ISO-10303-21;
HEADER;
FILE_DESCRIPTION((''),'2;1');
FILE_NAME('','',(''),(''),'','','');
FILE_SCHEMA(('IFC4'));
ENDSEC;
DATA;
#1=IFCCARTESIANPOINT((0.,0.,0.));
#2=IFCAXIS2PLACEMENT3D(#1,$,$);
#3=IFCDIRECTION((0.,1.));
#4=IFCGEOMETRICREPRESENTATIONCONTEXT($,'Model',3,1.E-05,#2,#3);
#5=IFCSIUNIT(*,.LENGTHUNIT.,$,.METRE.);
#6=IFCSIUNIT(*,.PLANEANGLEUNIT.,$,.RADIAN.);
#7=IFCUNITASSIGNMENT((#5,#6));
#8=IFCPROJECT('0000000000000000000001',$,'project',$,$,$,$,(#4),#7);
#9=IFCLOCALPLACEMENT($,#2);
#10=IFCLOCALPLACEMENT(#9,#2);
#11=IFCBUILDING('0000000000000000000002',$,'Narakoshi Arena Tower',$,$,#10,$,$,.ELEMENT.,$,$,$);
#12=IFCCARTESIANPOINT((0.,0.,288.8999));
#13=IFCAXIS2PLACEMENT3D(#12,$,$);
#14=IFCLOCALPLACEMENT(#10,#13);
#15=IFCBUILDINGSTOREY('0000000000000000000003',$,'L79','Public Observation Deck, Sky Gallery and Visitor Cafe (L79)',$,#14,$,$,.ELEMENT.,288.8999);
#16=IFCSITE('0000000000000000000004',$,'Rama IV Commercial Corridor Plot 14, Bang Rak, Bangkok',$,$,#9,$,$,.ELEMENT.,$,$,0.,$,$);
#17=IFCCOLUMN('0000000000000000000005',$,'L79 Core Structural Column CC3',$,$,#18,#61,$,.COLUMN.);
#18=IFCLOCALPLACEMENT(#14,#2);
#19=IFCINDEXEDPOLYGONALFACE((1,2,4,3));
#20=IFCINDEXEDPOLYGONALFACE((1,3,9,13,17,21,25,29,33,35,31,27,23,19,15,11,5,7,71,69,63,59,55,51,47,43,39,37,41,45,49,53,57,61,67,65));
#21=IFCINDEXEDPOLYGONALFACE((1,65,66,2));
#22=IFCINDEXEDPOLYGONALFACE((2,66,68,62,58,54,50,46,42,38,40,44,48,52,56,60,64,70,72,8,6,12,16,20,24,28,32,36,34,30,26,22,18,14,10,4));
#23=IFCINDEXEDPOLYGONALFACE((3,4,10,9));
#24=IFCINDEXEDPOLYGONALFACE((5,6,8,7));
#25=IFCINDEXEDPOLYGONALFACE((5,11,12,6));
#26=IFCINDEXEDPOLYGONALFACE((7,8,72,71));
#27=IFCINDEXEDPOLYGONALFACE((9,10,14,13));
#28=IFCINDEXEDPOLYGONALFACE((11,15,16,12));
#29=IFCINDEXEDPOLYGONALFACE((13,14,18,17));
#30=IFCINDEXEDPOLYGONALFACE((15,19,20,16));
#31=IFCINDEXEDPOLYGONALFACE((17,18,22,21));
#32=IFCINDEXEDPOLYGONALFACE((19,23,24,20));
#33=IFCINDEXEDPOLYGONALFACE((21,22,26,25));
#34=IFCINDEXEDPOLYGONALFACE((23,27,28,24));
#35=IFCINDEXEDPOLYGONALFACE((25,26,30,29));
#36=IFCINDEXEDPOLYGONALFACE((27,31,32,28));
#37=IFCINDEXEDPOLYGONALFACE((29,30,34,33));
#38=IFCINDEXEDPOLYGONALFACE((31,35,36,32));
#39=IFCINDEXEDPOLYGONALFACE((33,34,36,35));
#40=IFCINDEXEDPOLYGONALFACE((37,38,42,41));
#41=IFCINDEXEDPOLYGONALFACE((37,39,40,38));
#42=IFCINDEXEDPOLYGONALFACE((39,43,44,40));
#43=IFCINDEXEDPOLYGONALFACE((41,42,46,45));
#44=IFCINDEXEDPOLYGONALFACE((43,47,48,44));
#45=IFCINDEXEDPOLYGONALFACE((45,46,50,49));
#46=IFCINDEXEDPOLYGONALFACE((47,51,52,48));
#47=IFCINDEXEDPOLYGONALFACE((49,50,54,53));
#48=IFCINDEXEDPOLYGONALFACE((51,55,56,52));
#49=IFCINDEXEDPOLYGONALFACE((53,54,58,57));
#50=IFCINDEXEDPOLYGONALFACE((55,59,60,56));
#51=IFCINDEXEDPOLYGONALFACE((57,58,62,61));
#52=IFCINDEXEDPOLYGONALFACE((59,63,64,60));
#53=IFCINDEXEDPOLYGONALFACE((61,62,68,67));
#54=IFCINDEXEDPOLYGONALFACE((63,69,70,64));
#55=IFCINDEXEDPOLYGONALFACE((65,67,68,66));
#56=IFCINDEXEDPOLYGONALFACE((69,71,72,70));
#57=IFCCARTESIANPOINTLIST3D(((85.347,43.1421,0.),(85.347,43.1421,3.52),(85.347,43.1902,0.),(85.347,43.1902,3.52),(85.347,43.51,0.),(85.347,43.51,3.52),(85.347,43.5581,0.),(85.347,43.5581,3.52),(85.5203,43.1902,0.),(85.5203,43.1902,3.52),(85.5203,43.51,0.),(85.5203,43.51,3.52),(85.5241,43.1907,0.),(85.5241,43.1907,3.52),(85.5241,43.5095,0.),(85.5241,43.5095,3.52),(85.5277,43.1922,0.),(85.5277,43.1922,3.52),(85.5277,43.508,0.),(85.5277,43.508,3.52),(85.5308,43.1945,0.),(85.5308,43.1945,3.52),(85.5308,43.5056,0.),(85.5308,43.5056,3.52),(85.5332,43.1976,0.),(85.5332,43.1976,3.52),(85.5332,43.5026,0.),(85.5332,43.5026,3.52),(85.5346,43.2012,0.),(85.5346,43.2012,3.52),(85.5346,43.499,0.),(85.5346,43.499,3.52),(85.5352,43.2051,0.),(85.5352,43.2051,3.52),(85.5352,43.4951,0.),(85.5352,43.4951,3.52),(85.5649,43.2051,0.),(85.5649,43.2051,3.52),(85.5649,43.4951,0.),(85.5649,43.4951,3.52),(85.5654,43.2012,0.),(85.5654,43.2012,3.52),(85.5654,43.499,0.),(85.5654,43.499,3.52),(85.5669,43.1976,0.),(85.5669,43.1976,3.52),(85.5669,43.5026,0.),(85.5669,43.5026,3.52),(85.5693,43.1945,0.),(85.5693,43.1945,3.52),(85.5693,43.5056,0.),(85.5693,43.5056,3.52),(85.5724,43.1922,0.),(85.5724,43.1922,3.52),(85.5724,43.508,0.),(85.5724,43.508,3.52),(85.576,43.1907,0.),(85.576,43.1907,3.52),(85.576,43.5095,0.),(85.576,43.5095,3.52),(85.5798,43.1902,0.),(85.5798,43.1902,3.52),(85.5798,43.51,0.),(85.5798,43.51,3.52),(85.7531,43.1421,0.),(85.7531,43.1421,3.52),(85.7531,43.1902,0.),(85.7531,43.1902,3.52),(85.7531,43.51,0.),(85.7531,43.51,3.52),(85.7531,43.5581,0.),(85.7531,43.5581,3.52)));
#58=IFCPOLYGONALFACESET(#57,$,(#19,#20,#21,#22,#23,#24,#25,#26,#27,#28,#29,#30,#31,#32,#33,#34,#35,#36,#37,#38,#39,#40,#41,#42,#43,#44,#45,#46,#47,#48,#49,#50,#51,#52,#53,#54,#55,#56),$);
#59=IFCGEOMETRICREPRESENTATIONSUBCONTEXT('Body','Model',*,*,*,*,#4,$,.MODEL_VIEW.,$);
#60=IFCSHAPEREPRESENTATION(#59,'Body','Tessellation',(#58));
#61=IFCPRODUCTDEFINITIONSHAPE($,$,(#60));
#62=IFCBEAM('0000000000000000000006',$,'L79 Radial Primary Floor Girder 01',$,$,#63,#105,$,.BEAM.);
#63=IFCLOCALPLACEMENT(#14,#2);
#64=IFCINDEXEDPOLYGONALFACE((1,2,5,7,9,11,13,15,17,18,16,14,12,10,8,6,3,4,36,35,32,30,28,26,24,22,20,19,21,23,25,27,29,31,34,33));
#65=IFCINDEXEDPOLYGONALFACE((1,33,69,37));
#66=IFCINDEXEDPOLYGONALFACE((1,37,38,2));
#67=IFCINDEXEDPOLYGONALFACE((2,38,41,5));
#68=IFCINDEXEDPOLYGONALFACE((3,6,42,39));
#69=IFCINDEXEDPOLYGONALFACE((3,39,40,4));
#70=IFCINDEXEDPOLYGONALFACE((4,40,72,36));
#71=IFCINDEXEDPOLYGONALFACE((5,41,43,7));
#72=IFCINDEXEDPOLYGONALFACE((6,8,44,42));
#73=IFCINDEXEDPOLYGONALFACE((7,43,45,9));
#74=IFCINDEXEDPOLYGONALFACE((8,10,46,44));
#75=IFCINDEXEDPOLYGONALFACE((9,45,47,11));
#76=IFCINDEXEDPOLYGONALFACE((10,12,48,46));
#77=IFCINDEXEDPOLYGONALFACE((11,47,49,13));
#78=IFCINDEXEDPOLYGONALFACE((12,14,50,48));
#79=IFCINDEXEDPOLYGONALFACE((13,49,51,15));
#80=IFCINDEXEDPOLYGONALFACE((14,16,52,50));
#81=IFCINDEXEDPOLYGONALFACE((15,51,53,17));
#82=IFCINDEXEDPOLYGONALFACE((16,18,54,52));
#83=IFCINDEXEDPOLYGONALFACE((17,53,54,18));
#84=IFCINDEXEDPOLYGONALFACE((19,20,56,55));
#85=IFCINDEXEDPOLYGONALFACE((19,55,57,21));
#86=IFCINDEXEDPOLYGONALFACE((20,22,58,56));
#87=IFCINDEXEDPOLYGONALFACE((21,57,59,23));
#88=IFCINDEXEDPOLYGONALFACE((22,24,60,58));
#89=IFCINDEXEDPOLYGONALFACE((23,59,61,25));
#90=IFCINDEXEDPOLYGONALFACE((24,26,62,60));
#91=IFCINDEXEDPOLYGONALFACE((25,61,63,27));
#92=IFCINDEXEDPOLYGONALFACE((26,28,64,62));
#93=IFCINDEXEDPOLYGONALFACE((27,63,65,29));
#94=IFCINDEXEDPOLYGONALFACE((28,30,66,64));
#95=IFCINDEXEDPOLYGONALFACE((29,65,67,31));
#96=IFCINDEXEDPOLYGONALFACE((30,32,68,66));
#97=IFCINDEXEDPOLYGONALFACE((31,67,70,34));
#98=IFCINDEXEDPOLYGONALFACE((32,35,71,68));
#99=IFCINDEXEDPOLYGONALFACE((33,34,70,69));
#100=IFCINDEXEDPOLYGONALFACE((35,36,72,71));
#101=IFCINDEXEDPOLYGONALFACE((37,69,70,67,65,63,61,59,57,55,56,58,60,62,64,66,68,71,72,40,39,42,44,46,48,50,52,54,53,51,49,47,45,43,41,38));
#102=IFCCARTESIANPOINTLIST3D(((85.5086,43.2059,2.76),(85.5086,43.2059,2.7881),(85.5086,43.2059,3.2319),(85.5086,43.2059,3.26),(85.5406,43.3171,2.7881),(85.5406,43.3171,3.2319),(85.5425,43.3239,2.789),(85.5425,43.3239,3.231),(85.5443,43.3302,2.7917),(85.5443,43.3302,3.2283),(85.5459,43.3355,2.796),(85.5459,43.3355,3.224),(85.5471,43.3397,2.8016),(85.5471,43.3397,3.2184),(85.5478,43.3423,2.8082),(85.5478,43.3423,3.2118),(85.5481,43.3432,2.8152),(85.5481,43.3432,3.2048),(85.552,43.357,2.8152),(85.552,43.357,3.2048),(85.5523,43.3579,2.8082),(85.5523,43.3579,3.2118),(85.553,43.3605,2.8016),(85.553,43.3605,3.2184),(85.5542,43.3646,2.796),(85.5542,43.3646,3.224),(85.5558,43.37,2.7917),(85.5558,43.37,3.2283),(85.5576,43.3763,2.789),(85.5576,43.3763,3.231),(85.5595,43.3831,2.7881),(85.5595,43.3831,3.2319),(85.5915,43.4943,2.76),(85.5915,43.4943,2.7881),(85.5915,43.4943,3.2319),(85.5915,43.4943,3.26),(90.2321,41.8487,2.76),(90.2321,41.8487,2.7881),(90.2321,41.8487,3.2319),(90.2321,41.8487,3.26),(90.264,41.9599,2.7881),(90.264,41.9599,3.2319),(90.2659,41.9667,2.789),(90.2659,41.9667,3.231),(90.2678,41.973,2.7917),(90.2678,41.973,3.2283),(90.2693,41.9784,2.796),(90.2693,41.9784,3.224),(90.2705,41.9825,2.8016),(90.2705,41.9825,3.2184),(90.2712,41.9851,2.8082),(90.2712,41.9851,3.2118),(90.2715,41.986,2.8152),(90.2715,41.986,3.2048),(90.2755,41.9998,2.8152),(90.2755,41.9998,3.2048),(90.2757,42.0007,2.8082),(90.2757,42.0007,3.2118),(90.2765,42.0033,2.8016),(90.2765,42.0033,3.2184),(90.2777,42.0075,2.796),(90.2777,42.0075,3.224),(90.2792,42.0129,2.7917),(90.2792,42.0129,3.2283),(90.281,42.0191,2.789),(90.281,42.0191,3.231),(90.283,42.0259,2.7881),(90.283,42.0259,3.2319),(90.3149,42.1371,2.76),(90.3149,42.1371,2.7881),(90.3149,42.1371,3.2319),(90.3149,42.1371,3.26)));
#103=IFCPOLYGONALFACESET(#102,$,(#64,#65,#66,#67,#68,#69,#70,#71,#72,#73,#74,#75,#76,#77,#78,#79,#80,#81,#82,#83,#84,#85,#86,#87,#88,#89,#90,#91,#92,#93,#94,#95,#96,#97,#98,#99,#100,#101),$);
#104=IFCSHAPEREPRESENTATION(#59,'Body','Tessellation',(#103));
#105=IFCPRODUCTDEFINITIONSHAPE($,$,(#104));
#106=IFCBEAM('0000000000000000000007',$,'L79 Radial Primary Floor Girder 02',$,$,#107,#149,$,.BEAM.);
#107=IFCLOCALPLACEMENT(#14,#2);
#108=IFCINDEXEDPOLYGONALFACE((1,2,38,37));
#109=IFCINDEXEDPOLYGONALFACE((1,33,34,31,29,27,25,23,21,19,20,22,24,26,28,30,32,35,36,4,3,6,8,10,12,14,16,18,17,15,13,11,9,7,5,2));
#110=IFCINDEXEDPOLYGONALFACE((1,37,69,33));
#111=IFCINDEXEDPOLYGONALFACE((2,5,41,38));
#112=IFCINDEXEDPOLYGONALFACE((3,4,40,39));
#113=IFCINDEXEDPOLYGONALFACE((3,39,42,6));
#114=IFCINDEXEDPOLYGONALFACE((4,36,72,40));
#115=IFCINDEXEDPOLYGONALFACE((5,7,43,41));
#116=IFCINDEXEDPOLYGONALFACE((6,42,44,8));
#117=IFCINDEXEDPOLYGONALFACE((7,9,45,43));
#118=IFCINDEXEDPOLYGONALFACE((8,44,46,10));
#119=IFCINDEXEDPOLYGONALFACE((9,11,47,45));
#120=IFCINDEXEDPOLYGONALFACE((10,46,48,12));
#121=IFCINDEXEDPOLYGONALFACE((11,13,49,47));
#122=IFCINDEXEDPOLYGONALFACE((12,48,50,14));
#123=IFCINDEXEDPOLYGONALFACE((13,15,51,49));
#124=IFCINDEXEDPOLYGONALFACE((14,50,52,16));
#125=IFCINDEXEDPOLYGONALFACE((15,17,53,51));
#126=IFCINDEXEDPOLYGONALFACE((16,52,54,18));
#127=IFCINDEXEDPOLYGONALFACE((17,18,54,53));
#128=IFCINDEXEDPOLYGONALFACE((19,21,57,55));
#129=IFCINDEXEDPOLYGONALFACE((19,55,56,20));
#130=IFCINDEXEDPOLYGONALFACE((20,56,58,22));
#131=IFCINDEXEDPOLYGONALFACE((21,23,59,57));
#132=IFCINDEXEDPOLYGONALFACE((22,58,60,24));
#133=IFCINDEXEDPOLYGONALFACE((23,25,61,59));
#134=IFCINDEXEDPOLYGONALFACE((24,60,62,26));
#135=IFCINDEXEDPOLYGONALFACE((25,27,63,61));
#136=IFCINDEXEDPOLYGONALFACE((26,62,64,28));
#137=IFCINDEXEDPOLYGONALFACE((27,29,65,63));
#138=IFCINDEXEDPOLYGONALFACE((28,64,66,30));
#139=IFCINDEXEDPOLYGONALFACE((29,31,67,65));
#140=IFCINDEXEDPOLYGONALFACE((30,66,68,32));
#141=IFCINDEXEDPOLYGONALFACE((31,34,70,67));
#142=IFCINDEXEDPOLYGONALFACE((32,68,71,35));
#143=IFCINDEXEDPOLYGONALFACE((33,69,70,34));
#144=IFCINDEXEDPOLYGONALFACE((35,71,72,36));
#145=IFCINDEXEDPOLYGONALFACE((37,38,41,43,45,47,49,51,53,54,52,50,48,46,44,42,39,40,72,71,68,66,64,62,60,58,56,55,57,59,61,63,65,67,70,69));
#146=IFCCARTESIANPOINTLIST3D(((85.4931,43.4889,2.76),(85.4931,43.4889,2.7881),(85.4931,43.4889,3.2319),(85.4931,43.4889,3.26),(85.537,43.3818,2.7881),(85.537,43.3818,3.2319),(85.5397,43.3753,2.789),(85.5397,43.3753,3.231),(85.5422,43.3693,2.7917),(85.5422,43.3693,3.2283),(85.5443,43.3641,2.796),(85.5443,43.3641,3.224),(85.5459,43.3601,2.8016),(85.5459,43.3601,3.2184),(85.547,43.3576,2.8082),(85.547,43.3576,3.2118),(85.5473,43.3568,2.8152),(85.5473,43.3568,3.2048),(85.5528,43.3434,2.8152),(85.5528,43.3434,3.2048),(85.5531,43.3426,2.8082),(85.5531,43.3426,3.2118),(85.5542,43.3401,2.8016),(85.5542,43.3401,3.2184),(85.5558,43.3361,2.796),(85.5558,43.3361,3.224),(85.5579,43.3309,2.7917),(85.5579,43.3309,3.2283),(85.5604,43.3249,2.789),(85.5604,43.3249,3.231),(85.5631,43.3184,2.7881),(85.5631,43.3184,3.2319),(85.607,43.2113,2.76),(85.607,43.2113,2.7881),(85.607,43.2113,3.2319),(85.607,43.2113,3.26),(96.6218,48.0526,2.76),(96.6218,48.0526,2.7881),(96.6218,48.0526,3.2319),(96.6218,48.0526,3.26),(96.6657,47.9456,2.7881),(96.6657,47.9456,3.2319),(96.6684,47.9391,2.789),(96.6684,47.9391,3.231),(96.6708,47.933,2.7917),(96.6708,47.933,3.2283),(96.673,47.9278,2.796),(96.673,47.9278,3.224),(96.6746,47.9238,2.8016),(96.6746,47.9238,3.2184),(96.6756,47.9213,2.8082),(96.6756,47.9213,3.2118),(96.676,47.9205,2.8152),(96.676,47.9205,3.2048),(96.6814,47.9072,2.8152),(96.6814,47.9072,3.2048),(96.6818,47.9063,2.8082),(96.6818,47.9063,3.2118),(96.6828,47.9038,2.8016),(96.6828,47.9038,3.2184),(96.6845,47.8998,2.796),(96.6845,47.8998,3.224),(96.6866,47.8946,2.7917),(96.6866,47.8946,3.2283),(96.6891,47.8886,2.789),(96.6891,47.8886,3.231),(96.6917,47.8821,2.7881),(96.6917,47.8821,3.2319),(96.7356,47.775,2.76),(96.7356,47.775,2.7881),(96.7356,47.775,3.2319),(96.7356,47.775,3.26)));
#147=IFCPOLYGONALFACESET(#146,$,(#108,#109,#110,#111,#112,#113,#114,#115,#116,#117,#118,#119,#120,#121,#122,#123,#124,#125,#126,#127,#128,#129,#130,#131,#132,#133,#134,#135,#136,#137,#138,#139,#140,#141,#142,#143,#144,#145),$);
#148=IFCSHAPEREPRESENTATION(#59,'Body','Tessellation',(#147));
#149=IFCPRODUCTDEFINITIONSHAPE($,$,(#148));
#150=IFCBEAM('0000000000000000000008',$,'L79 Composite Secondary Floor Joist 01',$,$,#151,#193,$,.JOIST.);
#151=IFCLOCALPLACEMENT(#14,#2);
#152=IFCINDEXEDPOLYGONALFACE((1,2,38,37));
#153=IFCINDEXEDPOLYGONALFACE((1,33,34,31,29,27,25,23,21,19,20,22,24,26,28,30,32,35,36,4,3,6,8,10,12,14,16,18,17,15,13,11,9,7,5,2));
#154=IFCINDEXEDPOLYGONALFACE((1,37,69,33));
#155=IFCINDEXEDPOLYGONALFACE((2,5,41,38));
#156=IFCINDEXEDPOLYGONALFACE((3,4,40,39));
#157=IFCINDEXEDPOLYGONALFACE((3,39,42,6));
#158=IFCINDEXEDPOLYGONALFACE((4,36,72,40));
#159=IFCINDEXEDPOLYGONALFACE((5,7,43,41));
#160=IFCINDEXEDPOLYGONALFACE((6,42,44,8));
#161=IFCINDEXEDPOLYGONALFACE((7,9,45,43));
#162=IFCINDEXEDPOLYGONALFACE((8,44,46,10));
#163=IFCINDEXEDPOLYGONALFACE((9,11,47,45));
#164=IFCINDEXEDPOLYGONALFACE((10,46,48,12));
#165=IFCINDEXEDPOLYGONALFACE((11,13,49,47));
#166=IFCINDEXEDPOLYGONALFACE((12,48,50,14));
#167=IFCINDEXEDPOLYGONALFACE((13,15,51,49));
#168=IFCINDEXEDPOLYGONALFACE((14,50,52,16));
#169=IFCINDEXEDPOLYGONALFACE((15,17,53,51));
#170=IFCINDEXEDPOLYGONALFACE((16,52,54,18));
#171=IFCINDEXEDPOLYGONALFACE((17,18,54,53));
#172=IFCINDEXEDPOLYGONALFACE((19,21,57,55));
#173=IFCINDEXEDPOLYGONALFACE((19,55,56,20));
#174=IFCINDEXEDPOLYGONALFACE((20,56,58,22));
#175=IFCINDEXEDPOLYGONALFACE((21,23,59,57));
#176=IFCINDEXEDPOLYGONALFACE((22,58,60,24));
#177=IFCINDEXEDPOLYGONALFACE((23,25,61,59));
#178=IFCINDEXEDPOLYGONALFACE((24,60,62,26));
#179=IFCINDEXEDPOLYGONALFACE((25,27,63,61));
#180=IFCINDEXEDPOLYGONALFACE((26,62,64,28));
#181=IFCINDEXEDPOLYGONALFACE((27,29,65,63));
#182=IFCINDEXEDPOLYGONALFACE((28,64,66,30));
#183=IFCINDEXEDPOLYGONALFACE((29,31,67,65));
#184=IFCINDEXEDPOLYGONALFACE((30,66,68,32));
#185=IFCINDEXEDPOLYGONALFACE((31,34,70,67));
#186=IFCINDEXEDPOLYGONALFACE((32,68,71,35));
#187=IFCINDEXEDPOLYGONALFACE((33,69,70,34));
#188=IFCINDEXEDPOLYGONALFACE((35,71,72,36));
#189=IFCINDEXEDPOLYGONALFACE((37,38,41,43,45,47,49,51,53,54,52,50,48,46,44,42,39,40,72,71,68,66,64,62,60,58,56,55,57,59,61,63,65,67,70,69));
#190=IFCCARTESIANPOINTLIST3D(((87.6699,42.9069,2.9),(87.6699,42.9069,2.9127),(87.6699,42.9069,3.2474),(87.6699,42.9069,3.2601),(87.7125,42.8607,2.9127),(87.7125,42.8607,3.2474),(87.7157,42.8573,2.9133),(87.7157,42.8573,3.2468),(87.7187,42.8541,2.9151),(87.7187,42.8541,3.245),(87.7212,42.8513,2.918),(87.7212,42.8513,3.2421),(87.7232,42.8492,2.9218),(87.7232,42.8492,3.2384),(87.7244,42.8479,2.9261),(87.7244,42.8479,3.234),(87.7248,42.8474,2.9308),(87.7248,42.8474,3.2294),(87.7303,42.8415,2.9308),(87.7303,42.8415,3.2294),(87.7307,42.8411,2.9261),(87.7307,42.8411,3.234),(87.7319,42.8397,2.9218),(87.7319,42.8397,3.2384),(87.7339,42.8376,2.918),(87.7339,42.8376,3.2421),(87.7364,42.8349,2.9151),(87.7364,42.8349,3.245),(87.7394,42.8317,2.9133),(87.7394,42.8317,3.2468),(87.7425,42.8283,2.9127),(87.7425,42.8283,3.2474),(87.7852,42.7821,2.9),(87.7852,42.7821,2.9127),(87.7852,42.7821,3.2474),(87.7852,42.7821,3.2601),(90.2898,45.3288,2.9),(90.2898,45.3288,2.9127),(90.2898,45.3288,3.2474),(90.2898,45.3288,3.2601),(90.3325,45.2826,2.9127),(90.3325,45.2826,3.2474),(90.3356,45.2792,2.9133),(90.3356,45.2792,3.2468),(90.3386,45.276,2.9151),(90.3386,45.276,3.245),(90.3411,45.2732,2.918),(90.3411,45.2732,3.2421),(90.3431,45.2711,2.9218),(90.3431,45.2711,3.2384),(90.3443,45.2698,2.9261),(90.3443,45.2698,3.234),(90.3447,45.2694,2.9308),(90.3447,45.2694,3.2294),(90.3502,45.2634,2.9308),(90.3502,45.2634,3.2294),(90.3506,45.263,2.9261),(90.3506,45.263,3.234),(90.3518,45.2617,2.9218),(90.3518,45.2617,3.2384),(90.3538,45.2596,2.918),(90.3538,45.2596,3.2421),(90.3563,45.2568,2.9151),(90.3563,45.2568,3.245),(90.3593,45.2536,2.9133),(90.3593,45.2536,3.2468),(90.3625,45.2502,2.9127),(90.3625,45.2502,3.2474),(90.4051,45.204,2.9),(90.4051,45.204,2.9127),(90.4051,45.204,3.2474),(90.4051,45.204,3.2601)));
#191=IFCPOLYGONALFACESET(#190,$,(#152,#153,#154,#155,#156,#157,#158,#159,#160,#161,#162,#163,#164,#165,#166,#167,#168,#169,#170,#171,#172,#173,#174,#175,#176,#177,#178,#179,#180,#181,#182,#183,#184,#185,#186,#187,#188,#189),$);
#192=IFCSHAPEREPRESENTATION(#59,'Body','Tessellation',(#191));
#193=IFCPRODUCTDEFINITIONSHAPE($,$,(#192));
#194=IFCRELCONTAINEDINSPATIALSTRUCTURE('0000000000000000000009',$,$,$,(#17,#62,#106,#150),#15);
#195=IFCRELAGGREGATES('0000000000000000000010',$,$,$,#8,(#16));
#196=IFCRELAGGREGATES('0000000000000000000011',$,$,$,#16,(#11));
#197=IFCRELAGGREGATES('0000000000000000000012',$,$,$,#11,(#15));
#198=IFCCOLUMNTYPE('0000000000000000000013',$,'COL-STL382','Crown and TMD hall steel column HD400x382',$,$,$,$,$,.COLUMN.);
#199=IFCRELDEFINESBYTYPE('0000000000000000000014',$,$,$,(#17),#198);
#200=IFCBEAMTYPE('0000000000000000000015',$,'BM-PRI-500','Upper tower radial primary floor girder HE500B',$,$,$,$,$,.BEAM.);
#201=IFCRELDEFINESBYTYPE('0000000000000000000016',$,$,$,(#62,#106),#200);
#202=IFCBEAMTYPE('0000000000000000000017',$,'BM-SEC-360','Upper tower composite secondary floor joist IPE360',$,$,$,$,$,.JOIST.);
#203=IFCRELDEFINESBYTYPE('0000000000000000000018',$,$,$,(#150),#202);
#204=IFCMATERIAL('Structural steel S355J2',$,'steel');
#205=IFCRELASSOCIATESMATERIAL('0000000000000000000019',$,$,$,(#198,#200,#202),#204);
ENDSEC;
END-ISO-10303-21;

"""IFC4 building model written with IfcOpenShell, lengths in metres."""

from ifc_helpers import new_model, si_unit, direction, frame, origin, origin_2d, place, context, subcontext, project, spatial, i_section, extrude, material, material_profile, profile_set, type_object, element, save


model = new_model("IFC4")

# Units and contexts
model_context = context("Model", 3, precision=1e-05, world=origin(), true_north=direction((0.0, 1.0)))
body_context = subcontext(model_context, "Body", "Model", "MODEL_VIEW")
ifc_project = project(units=[si_unit("LENGTHUNIT", "METRE"), si_unit("PLANEANGLEUNIT", "RADIAN")], contexts=[model_context])

# Site, building, storey
site_placement = place(None, origin())
site = spatial("IfcSite", under=ifc_project, at=site_placement, Name="Rama IV Commercial Corridor Plot 14, Bang Rak, Bangkok", CompositionType="ELEMENT", RefElevation=0.0)
building_placement = place(site_placement, origin())
building = spatial("IfcBuilding", under=site, at=building_placement, Name="Narakoshi Arena Tower", CompositionType="ELEMENT")
storey_placement = place(building_placement, frame((0.0, 0.0, 288.8999)))
storey = spatial("IfcBuildingStorey", under=building, at=storey_placement, Name="L79", Description="Public Observation Deck, Sky Gallery and Visitor Cafe (L79)", CompositionType="ELEMENT", Elevation=288.8999)

# Column
ifc_material_1 = material(Name="Structural steel S355J2", Category="steel")
ifc_material_profile_1 = material_profile(ifc_material_1, i_section(OverallWidth=0.406, OverallDepth=0.416, WebThickness=0.0298, FlangeThickness=0.0481, FilletRadius=0.0149, at=origin_2d()), Name="HD400x382")
ifc_profile_set_1 = profile_set([ifc_material_profile_1], Name="Structural steel S355J2")
column_type = type_object("IfcColumnType", Name="COL-STL382", Description="Crown and TMD hall steel column HD400x382", PredefinedType="COLUMN", material=ifc_profile_set_1)
column_placement = place(storey_placement, frame((85.55, 43.3501, 0.0), z_axis=(0.0, 0.0, 1.0), x_axis=(1.0, 0.0, 0.0)))
element("IfcColumn", 1, at=column_placement, inside=storey, type_object=column_type, Name="L79 Core Structural Column CC3", PredefinedType="COLUMN", context=body_context, shape_type="SweptSolid", body=[
    extrude(i_section(OverallWidth=0.406, OverallDepth=0.416, WebThickness=0.0298, FlangeThickness=0.0481, FilletRadius=0.0149, at=origin_2d()), origin(), (0.0, 0.0, 1.0), 3.52),
])

# Beams
ifc_material_profile_2 = material_profile(ifc_material_1, i_section(OverallWidth=0.3, OverallDepth=0.5, WebThickness=0.0144, FlangeThickness=0.0281, FilletRadius=0.0271, at=origin_2d()), Name="HE500B")
ifc_profile_set_2 = profile_set([ifc_material_profile_2], Name="Structural steel S355J2")
beam_type_1 = type_object("IfcBeamType", Name="BM-PRI-500", Description="Upper tower radial primary floor girder HE500B", PredefinedType="BEAM", material=ifc_profile_set_2)
beam_1_placement = place(storey_placement, frame((85.55, 43.3501, 3.01), z_axis=(0.961112, -0.276158, 0.0), x_axis=(0.276158, 0.961112, 0.0)))
element("IfcBeam", 2, at=beam_1_placement, inside=storey, type_object=beam_type_1, Name="L79 Radial Primary Floor Girder 01", PredefinedType="BEAM", context=body_context, shape_type="SweptSolid", body=[
    extrude(i_section(OverallWidth=0.3, OverallDepth=0.5, WebThickness=0.0144, FlangeThickness=0.0281, FilletRadius=0.0271, at=origin_2d()), origin(), (0.0, 0.0, 1.0), 4.9146),
])
beam_2_placement = place(storey_placement, frame((85.55, 43.3501, 3.01), z_axis=(0.925224, 0.379422, 0.0), x_axis=(-0.379422, 0.925224, 0.0)))
element("IfcBeam", 3, at=beam_2_placement, inside=storey, type_object=beam_type_1, Name="L79 Radial Primary Floor Girder 02", PredefinedType="BEAM", context=body_context, shape_type="SweptSolid", body=[
    extrude(i_section(OverallWidth=0.3, OverallDepth=0.5, WebThickness=0.0144, FlangeThickness=0.0281, FilletRadius=0.0271, at=origin_2d()), origin(), (0.0, 0.0, 1.0), 12.0281),
])
ifc_material_profile_3 = material_profile(ifc_material_1, i_section(OverallWidth=0.1699, OverallDepth=0.3601, WebThickness=0.0081, FlangeThickness=0.0127, FilletRadius=0.0181, at=origin_2d()), Name="IPE360")
ifc_profile_set_3 = profile_set([ifc_material_profile_3], Name="Structural steel S355J2")
beam_type_2 = type_object("IfcBeamType", Name="BM-SEC-360", Description="Upper tower composite secondary floor joist IPE360", PredefinedType="JOIST", material=ifc_profile_set_3)
beam_3_placement = place(storey_placement, frame((87.7275, 42.8445, 3.0801), z_axis=(0.73431, 0.678814, 0.0), x_axis=(-0.678814, 0.73431, 0.0)))
element("IfcBeam", 4, at=beam_3_placement, inside=storey, type_object=beam_type_2, Name="L79 Composite Secondary Floor Joist 01", PredefinedType="JOIST", context=body_context, shape_type="SweptSolid", body=[
    extrude(i_section(OverallWidth=0.1699, OverallDepth=0.3601, WebThickness=0.0081, FlangeThickness=0.0127, FilletRadius=0.0181, at=origin_2d()), origin(), (0.0, 0.0, 1.0), 3.5679),
])

save(model, "model.ifc")
